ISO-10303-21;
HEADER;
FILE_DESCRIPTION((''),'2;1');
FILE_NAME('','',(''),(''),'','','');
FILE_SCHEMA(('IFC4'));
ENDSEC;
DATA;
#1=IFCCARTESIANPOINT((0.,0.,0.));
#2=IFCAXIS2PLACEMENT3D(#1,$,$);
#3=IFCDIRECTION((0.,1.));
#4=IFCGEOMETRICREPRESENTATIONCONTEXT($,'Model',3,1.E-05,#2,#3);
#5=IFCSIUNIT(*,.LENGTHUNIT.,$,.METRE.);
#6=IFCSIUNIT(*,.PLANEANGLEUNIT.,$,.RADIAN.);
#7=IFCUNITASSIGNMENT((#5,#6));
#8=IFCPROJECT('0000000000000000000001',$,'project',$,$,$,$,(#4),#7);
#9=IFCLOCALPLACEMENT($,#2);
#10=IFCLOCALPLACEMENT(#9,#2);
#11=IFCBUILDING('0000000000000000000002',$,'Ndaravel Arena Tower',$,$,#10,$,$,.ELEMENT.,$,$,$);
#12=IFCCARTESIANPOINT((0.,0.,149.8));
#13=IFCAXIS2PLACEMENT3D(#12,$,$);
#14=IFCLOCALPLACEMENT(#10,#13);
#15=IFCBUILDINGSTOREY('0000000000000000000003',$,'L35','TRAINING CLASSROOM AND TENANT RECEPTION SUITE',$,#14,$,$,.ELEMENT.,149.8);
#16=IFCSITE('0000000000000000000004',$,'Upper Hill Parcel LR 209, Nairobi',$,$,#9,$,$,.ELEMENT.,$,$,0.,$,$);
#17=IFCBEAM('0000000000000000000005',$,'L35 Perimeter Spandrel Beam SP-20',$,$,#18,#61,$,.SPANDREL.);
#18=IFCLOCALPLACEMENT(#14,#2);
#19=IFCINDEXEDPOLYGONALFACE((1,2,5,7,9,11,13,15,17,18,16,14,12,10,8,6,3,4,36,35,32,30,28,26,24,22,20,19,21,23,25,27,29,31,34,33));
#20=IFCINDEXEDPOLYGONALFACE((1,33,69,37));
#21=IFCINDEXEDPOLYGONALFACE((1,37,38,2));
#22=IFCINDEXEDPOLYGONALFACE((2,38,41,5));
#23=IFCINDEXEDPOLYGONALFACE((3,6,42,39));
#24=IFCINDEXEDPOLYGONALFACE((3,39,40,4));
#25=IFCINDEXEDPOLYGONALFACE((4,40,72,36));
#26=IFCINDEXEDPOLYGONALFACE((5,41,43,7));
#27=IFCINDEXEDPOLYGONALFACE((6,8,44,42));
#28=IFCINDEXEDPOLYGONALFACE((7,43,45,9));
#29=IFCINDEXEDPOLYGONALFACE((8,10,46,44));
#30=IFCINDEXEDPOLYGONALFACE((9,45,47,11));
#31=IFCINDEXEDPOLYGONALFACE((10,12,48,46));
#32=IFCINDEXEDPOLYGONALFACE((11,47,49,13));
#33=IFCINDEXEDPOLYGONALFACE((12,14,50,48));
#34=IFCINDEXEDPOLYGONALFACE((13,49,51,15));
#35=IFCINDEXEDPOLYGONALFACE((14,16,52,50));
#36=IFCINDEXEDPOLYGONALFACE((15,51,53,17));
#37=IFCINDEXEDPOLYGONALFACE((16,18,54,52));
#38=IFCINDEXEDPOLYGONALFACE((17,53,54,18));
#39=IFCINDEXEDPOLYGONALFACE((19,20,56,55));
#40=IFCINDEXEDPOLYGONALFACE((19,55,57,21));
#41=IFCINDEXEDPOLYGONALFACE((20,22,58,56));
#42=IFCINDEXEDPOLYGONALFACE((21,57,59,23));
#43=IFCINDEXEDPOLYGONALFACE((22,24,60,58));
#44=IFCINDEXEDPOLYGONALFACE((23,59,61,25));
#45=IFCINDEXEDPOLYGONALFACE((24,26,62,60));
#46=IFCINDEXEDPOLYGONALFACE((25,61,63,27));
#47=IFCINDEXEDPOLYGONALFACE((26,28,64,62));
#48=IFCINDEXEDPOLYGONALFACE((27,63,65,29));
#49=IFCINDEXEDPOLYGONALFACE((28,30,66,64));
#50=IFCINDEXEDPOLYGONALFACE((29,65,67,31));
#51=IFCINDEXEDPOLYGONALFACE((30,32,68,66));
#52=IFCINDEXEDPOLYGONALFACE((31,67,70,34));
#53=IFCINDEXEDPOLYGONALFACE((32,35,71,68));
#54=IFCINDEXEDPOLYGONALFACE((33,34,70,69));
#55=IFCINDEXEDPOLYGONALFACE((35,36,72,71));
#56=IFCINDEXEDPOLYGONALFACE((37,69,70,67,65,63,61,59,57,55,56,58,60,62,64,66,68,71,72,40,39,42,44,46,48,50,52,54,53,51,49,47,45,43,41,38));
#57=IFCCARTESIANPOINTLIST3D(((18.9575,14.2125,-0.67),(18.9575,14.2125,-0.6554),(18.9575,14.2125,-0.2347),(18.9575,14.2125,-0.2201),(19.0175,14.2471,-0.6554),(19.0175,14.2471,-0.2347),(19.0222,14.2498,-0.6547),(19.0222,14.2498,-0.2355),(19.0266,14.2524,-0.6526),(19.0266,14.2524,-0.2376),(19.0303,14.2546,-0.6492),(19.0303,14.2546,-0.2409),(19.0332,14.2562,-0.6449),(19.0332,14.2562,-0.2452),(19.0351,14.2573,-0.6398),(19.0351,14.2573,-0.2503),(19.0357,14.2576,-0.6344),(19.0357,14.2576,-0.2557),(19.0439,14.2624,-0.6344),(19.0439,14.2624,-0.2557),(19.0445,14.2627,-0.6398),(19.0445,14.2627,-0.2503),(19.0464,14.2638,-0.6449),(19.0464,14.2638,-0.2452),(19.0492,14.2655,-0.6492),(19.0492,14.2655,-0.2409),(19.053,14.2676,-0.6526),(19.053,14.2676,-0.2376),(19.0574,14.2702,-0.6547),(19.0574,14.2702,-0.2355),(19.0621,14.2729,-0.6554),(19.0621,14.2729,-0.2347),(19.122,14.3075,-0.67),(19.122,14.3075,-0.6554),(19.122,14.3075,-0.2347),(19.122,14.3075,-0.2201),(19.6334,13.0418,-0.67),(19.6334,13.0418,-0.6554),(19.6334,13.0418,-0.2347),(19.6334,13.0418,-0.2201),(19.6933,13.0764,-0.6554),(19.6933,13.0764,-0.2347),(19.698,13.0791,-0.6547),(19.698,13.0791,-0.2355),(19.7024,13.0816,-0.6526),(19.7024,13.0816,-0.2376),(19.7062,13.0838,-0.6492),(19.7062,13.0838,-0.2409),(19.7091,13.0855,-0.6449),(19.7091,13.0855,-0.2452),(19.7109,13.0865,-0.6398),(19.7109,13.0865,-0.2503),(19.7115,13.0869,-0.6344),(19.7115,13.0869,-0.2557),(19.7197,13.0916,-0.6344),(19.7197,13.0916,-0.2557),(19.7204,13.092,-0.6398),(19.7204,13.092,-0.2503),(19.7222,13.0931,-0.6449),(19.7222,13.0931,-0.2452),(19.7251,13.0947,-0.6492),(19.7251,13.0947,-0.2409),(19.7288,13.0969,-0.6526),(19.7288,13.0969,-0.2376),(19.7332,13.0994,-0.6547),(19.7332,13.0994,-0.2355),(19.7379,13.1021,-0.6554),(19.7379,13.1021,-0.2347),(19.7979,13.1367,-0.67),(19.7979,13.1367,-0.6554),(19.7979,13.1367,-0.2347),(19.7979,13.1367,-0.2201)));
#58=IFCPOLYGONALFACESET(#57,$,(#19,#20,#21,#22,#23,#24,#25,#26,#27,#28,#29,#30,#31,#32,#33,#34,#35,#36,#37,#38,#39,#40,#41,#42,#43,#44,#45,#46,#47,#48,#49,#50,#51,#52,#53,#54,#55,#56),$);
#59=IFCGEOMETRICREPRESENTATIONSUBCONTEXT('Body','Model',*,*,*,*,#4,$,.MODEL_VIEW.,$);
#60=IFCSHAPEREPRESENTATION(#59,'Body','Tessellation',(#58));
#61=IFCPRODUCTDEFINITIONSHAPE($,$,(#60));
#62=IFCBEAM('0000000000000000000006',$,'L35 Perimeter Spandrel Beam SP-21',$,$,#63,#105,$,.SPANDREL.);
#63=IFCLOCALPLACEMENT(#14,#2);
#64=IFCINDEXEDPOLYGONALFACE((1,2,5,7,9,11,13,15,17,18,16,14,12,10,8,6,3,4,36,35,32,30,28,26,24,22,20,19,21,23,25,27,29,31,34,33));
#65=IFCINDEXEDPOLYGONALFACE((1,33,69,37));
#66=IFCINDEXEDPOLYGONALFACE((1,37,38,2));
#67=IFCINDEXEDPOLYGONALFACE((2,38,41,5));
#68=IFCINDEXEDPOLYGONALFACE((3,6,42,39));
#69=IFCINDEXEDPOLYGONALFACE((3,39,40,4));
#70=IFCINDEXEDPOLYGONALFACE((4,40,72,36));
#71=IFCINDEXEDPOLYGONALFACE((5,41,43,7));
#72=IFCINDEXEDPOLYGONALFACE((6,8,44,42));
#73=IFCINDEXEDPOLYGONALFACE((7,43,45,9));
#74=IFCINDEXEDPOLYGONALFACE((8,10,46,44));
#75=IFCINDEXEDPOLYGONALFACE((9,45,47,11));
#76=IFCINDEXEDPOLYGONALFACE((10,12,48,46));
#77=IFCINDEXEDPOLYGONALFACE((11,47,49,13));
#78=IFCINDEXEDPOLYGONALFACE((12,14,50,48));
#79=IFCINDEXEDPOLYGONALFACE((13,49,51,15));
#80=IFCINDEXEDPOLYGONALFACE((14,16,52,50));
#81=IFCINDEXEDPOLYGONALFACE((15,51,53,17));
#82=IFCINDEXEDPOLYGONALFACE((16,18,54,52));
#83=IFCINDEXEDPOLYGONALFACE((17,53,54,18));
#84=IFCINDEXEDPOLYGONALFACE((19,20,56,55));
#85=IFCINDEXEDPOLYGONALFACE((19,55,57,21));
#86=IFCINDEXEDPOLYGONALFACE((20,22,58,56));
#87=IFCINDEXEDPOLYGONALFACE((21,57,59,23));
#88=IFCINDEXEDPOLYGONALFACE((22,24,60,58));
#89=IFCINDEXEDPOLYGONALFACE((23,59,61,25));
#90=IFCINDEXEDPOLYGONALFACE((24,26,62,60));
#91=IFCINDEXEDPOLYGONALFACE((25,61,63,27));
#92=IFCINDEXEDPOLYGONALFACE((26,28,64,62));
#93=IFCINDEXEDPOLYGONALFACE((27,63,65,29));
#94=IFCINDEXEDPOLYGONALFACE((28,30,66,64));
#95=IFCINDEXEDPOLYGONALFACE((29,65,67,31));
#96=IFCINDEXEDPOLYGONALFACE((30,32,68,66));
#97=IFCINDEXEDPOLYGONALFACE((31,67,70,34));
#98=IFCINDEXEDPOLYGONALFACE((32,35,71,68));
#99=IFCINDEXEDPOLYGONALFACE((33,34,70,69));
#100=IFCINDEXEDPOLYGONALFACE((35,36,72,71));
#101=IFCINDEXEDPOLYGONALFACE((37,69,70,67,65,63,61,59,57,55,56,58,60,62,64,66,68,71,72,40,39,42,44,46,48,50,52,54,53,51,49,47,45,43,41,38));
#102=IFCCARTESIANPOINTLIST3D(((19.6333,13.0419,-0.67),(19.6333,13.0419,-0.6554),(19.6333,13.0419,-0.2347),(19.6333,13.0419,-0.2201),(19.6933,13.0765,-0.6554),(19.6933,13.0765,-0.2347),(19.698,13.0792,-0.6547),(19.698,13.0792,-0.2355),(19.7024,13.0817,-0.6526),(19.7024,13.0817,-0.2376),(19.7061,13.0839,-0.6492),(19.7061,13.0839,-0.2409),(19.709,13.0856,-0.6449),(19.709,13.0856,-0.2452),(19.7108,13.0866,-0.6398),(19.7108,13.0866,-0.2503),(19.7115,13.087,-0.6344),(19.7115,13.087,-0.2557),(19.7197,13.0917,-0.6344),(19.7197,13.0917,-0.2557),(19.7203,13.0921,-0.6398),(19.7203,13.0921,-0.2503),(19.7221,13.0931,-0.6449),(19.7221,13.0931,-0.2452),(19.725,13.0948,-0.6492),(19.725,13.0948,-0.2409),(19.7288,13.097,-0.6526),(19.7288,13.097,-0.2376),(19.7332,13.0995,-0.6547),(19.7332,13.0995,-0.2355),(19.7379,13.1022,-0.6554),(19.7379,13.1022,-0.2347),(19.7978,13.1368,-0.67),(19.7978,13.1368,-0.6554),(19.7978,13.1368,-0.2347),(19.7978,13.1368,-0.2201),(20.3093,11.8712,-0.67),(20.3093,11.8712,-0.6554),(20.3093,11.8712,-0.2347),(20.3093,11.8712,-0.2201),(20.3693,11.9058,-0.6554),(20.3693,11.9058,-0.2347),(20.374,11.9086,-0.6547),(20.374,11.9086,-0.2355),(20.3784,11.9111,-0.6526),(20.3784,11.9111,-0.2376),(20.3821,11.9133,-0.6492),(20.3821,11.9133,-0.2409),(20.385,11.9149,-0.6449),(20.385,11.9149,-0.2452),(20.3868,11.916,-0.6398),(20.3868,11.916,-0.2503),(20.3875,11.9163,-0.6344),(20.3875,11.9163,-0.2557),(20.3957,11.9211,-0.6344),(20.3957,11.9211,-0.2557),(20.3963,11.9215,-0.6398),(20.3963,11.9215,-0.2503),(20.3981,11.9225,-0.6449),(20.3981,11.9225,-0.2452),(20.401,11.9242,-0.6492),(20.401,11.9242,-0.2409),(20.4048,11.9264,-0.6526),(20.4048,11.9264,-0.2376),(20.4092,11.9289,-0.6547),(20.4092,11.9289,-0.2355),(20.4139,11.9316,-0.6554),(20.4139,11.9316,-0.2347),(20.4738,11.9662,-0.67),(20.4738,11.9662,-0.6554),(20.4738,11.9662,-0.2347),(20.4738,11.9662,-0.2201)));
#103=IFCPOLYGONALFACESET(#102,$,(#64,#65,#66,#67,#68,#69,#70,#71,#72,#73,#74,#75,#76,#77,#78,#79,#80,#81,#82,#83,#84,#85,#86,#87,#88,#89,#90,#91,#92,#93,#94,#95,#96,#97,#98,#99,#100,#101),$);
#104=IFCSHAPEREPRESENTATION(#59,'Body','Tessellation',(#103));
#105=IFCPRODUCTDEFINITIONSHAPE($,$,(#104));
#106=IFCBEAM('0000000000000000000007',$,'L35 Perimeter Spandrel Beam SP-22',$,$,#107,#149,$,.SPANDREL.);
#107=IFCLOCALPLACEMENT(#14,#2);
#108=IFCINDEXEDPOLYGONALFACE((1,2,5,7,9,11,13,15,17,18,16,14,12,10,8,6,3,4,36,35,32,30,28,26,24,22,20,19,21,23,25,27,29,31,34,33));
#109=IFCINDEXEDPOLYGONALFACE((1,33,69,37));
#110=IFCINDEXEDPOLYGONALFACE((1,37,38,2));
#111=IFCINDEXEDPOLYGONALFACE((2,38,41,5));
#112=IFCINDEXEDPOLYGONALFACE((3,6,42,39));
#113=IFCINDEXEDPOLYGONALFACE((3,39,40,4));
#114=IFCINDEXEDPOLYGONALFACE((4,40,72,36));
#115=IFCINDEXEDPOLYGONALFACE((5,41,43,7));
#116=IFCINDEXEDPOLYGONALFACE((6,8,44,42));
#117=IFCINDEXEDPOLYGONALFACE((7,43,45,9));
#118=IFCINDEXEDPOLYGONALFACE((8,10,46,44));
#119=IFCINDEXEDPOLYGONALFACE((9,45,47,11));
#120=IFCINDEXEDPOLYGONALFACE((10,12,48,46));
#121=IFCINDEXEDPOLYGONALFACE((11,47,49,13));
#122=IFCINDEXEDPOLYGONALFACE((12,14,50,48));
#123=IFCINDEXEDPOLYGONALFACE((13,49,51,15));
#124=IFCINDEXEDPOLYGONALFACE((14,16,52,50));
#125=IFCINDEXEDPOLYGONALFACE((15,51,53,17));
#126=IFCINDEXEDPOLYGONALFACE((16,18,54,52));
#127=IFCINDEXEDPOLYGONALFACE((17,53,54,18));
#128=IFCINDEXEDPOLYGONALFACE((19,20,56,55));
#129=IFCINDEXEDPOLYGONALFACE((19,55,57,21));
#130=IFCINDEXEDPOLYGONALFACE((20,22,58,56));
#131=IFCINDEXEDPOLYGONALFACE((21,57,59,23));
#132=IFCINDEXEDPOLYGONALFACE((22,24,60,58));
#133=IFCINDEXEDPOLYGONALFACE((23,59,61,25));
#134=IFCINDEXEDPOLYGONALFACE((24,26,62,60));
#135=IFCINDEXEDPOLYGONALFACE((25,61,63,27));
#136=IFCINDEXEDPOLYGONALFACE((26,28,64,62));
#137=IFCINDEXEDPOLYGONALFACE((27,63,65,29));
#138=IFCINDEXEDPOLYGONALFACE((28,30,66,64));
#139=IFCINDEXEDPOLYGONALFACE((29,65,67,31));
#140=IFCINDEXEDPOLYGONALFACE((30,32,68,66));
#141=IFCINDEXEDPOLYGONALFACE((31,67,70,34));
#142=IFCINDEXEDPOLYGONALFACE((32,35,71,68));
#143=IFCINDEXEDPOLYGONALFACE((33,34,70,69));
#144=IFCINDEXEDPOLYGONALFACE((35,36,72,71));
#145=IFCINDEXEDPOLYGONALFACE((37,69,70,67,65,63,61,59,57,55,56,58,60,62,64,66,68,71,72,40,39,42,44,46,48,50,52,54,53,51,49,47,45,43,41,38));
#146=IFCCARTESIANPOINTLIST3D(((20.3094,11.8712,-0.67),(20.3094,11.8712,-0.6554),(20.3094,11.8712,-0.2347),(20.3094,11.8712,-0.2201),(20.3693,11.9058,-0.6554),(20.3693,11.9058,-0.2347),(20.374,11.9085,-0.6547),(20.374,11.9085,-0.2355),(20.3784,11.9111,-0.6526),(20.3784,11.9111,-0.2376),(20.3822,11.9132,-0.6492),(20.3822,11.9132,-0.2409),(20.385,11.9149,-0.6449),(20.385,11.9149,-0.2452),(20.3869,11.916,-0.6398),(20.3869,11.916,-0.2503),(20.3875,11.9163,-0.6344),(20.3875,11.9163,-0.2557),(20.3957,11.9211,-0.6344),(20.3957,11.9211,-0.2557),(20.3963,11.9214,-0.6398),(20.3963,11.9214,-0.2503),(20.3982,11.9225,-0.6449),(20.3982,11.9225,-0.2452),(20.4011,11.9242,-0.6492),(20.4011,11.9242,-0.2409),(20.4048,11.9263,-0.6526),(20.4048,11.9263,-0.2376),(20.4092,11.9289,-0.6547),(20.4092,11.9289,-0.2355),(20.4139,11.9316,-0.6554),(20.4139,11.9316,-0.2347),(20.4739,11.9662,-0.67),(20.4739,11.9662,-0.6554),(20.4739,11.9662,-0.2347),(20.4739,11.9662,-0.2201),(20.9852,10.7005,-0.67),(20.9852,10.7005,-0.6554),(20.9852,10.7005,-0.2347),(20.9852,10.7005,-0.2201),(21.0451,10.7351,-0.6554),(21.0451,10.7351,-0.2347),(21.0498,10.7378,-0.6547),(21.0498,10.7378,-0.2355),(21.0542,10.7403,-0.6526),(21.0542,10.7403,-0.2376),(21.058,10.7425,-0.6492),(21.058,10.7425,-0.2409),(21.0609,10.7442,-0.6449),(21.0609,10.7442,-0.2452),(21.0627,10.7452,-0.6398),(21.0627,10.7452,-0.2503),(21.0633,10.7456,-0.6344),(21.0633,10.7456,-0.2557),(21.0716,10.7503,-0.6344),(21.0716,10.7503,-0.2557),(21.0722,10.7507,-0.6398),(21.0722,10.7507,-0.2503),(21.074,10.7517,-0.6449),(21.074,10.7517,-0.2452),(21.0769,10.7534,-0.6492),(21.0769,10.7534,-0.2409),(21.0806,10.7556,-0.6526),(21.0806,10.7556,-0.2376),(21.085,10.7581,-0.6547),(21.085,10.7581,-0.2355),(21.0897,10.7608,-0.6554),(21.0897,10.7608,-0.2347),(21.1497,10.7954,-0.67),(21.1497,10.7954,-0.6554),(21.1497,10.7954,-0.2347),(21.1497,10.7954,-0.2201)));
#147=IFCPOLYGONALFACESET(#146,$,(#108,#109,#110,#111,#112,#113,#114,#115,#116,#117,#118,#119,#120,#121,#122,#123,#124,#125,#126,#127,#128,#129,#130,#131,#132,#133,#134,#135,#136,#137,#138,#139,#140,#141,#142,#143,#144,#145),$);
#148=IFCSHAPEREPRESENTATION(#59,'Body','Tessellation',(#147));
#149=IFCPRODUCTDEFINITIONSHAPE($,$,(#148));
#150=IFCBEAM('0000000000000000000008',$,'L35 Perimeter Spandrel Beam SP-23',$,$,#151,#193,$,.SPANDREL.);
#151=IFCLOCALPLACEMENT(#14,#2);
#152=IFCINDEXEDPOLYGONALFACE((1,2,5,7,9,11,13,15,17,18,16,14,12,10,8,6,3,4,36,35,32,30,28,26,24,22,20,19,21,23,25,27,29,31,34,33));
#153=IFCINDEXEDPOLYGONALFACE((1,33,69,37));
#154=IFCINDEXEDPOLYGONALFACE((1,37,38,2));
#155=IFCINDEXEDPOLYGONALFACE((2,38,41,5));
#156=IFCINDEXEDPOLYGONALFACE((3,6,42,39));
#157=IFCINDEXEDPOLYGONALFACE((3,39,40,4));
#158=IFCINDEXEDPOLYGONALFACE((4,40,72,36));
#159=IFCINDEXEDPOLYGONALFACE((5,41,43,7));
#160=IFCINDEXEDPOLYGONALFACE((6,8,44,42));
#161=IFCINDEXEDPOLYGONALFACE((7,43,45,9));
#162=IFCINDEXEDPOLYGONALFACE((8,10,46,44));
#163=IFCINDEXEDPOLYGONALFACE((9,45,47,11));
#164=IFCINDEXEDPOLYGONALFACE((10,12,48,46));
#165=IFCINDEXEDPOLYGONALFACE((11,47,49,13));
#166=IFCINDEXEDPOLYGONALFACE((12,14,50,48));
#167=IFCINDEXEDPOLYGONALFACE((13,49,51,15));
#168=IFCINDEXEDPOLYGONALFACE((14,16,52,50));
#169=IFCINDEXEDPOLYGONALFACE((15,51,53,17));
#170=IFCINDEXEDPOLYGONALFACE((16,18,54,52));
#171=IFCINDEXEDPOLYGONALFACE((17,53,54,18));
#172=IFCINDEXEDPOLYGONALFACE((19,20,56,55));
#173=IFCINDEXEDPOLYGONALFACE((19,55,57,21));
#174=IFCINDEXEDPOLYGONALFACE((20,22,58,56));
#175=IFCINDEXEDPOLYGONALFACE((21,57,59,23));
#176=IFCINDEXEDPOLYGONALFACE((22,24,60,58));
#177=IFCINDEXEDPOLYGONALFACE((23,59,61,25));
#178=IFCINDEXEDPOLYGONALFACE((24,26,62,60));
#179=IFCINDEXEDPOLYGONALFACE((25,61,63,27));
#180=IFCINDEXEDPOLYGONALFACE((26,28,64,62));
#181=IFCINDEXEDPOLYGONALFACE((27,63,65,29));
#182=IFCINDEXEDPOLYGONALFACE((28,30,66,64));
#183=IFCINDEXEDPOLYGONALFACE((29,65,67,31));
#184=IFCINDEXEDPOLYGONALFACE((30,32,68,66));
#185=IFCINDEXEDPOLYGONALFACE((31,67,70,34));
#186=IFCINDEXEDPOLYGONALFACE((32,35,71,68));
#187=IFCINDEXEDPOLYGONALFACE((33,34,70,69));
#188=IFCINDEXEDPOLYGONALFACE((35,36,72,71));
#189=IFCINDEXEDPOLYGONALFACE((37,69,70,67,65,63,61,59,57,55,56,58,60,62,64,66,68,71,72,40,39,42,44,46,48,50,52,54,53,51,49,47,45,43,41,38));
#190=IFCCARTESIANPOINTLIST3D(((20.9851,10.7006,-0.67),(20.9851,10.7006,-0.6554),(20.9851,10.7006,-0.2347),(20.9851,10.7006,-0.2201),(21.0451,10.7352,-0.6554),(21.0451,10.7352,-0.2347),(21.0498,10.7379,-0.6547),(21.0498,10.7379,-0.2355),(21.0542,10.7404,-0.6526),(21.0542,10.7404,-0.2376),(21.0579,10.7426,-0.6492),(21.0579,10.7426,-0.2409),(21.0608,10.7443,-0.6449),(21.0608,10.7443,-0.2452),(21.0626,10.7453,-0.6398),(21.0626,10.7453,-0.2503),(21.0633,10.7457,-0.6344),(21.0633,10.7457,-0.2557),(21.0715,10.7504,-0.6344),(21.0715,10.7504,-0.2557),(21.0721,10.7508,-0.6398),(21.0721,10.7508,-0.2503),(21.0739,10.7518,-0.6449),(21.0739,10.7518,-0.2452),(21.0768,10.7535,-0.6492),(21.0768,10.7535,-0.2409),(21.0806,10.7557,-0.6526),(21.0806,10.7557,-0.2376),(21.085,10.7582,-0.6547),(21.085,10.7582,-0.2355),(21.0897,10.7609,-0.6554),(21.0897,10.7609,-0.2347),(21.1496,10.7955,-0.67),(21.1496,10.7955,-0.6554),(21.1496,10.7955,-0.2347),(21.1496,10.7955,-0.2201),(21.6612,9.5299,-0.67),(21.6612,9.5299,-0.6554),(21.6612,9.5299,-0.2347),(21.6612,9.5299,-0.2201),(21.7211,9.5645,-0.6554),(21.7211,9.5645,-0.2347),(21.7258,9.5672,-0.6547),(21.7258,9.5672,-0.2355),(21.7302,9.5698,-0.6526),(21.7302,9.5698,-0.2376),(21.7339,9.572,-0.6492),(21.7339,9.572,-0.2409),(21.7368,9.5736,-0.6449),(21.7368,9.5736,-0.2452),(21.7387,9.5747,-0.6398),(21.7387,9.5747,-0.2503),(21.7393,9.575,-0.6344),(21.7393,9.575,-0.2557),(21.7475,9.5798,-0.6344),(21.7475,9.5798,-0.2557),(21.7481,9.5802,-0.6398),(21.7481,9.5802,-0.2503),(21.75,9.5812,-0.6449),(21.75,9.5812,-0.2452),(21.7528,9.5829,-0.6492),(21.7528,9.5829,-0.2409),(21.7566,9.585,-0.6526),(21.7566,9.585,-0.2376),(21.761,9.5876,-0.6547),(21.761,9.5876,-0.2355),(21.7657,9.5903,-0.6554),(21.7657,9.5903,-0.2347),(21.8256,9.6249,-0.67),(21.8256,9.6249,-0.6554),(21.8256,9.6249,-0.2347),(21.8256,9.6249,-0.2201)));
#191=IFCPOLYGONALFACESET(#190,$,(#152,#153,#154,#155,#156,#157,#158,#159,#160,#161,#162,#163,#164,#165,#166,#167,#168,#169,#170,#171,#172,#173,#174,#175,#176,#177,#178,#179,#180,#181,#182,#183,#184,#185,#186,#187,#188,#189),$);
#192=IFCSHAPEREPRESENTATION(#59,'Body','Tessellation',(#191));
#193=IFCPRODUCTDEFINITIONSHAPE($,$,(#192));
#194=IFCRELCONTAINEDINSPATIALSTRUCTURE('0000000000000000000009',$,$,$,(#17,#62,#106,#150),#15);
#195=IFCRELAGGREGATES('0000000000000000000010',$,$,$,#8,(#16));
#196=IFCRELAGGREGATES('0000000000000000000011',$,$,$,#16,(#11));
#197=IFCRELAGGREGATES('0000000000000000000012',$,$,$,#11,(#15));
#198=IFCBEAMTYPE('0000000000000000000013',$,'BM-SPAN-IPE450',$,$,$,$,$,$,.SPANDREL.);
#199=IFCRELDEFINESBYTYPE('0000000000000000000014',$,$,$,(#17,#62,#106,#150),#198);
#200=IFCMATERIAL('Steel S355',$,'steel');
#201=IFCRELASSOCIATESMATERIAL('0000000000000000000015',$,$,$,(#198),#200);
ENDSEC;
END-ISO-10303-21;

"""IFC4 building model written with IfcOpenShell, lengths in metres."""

from ifc_helpers import new_model, si_unit, direction, frame, origin, origin_2d, place, context, subcontext, project, spatial, i_section, extrude, material, material_profile, profile_set, type_object, element, save


model = new_model("IFC4")

# Units and contexts
model_context = context("Model", 3, precision=1e-05, world=origin(), true_north=direction((0.0, 1.0)))
body_context = subcontext(model_context, "Body", "Model", "MODEL_VIEW")
ifc_project = project(units=[si_unit("LENGTHUNIT", "METRE"), si_unit("PLANEANGLEUNIT", "RADIAN")], contexts=[model_context])

# Site, building, storey
site_placement = place(None, origin())
site = spatial("IfcSite", under=ifc_project, at=site_placement, Name="Upper Hill Parcel LR 209, Nairobi", CompositionType="ELEMENT", RefElevation=0.0)
building_placement = place(site_placement, origin())
building = spatial("IfcBuilding", under=site, at=building_placement, Name="Ndaravel Arena Tower", CompositionType="ELEMENT")
storey_placement = place(building_placement, frame((0.0, 0.0, 149.8)))
storey = spatial("IfcBuildingStorey", under=building, at=storey_placement, Name="L35", Description="TRAINING CLASSROOM AND TENANT RECEPTION SUITE", CompositionType="ELEMENT", Elevation=149.8)

# Beams
ifc_material_1 = material(Name="Steel S355", Category="steel")
ifc_material_profile_1 = material_profile(ifc_material_1, i_section(OverallWidth=0.1899, OverallDepth=0.45, WebThickness=0.0095, FlangeThickness=0.0146, FilletRadius=0.021, at=origin_2d()), Name="IPE 450")
ifc_profile_set_1 = profile_set([ifc_material_profile_1], Name="Steel S355")
beam_type = type_object("IfcBeamType", Name="BM-SPAN-IPE450", PredefinedType="SPANDREL", material=ifc_profile_set_1)
for number, where, z_axis, x_axis, name in (
    (1, (19.0398, 14.26, -0.4451), (0.499947, -0.866056, 0.0), (0.866056, 0.499947, 0.0), "L35 Perimeter Spandrel Beam SP-20"),
    (2, (19.7156, 13.0894, -0.4451), (0.500082, -0.865978, 0.0), (0.865978, 0.500082, 0.0), "L35 Perimeter Spandrel Beam SP-21"),
    (3, (20.3916, 11.9187, -0.4451), (0.499947, -0.866056, 0.0), (0.866056, 0.499947, 0.0), "L35 Perimeter Spandrel Beam SP-22"),
    (4, (21.0674, 10.748, -0.4451), (0.500082, -0.865978, 0.0), (0.865978, 0.500082, 0.0), "L35 Perimeter Spandrel Beam SP-23"),
):
    element("IfcBeam", number, at=place(storey_placement, frame(where, z_axis=z_axis, x_axis=x_axis)), inside=storey, type_object=beam_type, Name=name, PredefinedType="SPANDREL", context=body_context, shape_type="SweptSolid", body=[
        extrude(i_section(OverallWidth=0.1899, OverallDepth=0.45, WebThickness=0.0095, FlangeThickness=0.0146, FilletRadius=0.021, at=origin_2d()), origin(), (0.0, 0.0, 1.0), 1.3518),
    ])

save(model, "model.ifc")
